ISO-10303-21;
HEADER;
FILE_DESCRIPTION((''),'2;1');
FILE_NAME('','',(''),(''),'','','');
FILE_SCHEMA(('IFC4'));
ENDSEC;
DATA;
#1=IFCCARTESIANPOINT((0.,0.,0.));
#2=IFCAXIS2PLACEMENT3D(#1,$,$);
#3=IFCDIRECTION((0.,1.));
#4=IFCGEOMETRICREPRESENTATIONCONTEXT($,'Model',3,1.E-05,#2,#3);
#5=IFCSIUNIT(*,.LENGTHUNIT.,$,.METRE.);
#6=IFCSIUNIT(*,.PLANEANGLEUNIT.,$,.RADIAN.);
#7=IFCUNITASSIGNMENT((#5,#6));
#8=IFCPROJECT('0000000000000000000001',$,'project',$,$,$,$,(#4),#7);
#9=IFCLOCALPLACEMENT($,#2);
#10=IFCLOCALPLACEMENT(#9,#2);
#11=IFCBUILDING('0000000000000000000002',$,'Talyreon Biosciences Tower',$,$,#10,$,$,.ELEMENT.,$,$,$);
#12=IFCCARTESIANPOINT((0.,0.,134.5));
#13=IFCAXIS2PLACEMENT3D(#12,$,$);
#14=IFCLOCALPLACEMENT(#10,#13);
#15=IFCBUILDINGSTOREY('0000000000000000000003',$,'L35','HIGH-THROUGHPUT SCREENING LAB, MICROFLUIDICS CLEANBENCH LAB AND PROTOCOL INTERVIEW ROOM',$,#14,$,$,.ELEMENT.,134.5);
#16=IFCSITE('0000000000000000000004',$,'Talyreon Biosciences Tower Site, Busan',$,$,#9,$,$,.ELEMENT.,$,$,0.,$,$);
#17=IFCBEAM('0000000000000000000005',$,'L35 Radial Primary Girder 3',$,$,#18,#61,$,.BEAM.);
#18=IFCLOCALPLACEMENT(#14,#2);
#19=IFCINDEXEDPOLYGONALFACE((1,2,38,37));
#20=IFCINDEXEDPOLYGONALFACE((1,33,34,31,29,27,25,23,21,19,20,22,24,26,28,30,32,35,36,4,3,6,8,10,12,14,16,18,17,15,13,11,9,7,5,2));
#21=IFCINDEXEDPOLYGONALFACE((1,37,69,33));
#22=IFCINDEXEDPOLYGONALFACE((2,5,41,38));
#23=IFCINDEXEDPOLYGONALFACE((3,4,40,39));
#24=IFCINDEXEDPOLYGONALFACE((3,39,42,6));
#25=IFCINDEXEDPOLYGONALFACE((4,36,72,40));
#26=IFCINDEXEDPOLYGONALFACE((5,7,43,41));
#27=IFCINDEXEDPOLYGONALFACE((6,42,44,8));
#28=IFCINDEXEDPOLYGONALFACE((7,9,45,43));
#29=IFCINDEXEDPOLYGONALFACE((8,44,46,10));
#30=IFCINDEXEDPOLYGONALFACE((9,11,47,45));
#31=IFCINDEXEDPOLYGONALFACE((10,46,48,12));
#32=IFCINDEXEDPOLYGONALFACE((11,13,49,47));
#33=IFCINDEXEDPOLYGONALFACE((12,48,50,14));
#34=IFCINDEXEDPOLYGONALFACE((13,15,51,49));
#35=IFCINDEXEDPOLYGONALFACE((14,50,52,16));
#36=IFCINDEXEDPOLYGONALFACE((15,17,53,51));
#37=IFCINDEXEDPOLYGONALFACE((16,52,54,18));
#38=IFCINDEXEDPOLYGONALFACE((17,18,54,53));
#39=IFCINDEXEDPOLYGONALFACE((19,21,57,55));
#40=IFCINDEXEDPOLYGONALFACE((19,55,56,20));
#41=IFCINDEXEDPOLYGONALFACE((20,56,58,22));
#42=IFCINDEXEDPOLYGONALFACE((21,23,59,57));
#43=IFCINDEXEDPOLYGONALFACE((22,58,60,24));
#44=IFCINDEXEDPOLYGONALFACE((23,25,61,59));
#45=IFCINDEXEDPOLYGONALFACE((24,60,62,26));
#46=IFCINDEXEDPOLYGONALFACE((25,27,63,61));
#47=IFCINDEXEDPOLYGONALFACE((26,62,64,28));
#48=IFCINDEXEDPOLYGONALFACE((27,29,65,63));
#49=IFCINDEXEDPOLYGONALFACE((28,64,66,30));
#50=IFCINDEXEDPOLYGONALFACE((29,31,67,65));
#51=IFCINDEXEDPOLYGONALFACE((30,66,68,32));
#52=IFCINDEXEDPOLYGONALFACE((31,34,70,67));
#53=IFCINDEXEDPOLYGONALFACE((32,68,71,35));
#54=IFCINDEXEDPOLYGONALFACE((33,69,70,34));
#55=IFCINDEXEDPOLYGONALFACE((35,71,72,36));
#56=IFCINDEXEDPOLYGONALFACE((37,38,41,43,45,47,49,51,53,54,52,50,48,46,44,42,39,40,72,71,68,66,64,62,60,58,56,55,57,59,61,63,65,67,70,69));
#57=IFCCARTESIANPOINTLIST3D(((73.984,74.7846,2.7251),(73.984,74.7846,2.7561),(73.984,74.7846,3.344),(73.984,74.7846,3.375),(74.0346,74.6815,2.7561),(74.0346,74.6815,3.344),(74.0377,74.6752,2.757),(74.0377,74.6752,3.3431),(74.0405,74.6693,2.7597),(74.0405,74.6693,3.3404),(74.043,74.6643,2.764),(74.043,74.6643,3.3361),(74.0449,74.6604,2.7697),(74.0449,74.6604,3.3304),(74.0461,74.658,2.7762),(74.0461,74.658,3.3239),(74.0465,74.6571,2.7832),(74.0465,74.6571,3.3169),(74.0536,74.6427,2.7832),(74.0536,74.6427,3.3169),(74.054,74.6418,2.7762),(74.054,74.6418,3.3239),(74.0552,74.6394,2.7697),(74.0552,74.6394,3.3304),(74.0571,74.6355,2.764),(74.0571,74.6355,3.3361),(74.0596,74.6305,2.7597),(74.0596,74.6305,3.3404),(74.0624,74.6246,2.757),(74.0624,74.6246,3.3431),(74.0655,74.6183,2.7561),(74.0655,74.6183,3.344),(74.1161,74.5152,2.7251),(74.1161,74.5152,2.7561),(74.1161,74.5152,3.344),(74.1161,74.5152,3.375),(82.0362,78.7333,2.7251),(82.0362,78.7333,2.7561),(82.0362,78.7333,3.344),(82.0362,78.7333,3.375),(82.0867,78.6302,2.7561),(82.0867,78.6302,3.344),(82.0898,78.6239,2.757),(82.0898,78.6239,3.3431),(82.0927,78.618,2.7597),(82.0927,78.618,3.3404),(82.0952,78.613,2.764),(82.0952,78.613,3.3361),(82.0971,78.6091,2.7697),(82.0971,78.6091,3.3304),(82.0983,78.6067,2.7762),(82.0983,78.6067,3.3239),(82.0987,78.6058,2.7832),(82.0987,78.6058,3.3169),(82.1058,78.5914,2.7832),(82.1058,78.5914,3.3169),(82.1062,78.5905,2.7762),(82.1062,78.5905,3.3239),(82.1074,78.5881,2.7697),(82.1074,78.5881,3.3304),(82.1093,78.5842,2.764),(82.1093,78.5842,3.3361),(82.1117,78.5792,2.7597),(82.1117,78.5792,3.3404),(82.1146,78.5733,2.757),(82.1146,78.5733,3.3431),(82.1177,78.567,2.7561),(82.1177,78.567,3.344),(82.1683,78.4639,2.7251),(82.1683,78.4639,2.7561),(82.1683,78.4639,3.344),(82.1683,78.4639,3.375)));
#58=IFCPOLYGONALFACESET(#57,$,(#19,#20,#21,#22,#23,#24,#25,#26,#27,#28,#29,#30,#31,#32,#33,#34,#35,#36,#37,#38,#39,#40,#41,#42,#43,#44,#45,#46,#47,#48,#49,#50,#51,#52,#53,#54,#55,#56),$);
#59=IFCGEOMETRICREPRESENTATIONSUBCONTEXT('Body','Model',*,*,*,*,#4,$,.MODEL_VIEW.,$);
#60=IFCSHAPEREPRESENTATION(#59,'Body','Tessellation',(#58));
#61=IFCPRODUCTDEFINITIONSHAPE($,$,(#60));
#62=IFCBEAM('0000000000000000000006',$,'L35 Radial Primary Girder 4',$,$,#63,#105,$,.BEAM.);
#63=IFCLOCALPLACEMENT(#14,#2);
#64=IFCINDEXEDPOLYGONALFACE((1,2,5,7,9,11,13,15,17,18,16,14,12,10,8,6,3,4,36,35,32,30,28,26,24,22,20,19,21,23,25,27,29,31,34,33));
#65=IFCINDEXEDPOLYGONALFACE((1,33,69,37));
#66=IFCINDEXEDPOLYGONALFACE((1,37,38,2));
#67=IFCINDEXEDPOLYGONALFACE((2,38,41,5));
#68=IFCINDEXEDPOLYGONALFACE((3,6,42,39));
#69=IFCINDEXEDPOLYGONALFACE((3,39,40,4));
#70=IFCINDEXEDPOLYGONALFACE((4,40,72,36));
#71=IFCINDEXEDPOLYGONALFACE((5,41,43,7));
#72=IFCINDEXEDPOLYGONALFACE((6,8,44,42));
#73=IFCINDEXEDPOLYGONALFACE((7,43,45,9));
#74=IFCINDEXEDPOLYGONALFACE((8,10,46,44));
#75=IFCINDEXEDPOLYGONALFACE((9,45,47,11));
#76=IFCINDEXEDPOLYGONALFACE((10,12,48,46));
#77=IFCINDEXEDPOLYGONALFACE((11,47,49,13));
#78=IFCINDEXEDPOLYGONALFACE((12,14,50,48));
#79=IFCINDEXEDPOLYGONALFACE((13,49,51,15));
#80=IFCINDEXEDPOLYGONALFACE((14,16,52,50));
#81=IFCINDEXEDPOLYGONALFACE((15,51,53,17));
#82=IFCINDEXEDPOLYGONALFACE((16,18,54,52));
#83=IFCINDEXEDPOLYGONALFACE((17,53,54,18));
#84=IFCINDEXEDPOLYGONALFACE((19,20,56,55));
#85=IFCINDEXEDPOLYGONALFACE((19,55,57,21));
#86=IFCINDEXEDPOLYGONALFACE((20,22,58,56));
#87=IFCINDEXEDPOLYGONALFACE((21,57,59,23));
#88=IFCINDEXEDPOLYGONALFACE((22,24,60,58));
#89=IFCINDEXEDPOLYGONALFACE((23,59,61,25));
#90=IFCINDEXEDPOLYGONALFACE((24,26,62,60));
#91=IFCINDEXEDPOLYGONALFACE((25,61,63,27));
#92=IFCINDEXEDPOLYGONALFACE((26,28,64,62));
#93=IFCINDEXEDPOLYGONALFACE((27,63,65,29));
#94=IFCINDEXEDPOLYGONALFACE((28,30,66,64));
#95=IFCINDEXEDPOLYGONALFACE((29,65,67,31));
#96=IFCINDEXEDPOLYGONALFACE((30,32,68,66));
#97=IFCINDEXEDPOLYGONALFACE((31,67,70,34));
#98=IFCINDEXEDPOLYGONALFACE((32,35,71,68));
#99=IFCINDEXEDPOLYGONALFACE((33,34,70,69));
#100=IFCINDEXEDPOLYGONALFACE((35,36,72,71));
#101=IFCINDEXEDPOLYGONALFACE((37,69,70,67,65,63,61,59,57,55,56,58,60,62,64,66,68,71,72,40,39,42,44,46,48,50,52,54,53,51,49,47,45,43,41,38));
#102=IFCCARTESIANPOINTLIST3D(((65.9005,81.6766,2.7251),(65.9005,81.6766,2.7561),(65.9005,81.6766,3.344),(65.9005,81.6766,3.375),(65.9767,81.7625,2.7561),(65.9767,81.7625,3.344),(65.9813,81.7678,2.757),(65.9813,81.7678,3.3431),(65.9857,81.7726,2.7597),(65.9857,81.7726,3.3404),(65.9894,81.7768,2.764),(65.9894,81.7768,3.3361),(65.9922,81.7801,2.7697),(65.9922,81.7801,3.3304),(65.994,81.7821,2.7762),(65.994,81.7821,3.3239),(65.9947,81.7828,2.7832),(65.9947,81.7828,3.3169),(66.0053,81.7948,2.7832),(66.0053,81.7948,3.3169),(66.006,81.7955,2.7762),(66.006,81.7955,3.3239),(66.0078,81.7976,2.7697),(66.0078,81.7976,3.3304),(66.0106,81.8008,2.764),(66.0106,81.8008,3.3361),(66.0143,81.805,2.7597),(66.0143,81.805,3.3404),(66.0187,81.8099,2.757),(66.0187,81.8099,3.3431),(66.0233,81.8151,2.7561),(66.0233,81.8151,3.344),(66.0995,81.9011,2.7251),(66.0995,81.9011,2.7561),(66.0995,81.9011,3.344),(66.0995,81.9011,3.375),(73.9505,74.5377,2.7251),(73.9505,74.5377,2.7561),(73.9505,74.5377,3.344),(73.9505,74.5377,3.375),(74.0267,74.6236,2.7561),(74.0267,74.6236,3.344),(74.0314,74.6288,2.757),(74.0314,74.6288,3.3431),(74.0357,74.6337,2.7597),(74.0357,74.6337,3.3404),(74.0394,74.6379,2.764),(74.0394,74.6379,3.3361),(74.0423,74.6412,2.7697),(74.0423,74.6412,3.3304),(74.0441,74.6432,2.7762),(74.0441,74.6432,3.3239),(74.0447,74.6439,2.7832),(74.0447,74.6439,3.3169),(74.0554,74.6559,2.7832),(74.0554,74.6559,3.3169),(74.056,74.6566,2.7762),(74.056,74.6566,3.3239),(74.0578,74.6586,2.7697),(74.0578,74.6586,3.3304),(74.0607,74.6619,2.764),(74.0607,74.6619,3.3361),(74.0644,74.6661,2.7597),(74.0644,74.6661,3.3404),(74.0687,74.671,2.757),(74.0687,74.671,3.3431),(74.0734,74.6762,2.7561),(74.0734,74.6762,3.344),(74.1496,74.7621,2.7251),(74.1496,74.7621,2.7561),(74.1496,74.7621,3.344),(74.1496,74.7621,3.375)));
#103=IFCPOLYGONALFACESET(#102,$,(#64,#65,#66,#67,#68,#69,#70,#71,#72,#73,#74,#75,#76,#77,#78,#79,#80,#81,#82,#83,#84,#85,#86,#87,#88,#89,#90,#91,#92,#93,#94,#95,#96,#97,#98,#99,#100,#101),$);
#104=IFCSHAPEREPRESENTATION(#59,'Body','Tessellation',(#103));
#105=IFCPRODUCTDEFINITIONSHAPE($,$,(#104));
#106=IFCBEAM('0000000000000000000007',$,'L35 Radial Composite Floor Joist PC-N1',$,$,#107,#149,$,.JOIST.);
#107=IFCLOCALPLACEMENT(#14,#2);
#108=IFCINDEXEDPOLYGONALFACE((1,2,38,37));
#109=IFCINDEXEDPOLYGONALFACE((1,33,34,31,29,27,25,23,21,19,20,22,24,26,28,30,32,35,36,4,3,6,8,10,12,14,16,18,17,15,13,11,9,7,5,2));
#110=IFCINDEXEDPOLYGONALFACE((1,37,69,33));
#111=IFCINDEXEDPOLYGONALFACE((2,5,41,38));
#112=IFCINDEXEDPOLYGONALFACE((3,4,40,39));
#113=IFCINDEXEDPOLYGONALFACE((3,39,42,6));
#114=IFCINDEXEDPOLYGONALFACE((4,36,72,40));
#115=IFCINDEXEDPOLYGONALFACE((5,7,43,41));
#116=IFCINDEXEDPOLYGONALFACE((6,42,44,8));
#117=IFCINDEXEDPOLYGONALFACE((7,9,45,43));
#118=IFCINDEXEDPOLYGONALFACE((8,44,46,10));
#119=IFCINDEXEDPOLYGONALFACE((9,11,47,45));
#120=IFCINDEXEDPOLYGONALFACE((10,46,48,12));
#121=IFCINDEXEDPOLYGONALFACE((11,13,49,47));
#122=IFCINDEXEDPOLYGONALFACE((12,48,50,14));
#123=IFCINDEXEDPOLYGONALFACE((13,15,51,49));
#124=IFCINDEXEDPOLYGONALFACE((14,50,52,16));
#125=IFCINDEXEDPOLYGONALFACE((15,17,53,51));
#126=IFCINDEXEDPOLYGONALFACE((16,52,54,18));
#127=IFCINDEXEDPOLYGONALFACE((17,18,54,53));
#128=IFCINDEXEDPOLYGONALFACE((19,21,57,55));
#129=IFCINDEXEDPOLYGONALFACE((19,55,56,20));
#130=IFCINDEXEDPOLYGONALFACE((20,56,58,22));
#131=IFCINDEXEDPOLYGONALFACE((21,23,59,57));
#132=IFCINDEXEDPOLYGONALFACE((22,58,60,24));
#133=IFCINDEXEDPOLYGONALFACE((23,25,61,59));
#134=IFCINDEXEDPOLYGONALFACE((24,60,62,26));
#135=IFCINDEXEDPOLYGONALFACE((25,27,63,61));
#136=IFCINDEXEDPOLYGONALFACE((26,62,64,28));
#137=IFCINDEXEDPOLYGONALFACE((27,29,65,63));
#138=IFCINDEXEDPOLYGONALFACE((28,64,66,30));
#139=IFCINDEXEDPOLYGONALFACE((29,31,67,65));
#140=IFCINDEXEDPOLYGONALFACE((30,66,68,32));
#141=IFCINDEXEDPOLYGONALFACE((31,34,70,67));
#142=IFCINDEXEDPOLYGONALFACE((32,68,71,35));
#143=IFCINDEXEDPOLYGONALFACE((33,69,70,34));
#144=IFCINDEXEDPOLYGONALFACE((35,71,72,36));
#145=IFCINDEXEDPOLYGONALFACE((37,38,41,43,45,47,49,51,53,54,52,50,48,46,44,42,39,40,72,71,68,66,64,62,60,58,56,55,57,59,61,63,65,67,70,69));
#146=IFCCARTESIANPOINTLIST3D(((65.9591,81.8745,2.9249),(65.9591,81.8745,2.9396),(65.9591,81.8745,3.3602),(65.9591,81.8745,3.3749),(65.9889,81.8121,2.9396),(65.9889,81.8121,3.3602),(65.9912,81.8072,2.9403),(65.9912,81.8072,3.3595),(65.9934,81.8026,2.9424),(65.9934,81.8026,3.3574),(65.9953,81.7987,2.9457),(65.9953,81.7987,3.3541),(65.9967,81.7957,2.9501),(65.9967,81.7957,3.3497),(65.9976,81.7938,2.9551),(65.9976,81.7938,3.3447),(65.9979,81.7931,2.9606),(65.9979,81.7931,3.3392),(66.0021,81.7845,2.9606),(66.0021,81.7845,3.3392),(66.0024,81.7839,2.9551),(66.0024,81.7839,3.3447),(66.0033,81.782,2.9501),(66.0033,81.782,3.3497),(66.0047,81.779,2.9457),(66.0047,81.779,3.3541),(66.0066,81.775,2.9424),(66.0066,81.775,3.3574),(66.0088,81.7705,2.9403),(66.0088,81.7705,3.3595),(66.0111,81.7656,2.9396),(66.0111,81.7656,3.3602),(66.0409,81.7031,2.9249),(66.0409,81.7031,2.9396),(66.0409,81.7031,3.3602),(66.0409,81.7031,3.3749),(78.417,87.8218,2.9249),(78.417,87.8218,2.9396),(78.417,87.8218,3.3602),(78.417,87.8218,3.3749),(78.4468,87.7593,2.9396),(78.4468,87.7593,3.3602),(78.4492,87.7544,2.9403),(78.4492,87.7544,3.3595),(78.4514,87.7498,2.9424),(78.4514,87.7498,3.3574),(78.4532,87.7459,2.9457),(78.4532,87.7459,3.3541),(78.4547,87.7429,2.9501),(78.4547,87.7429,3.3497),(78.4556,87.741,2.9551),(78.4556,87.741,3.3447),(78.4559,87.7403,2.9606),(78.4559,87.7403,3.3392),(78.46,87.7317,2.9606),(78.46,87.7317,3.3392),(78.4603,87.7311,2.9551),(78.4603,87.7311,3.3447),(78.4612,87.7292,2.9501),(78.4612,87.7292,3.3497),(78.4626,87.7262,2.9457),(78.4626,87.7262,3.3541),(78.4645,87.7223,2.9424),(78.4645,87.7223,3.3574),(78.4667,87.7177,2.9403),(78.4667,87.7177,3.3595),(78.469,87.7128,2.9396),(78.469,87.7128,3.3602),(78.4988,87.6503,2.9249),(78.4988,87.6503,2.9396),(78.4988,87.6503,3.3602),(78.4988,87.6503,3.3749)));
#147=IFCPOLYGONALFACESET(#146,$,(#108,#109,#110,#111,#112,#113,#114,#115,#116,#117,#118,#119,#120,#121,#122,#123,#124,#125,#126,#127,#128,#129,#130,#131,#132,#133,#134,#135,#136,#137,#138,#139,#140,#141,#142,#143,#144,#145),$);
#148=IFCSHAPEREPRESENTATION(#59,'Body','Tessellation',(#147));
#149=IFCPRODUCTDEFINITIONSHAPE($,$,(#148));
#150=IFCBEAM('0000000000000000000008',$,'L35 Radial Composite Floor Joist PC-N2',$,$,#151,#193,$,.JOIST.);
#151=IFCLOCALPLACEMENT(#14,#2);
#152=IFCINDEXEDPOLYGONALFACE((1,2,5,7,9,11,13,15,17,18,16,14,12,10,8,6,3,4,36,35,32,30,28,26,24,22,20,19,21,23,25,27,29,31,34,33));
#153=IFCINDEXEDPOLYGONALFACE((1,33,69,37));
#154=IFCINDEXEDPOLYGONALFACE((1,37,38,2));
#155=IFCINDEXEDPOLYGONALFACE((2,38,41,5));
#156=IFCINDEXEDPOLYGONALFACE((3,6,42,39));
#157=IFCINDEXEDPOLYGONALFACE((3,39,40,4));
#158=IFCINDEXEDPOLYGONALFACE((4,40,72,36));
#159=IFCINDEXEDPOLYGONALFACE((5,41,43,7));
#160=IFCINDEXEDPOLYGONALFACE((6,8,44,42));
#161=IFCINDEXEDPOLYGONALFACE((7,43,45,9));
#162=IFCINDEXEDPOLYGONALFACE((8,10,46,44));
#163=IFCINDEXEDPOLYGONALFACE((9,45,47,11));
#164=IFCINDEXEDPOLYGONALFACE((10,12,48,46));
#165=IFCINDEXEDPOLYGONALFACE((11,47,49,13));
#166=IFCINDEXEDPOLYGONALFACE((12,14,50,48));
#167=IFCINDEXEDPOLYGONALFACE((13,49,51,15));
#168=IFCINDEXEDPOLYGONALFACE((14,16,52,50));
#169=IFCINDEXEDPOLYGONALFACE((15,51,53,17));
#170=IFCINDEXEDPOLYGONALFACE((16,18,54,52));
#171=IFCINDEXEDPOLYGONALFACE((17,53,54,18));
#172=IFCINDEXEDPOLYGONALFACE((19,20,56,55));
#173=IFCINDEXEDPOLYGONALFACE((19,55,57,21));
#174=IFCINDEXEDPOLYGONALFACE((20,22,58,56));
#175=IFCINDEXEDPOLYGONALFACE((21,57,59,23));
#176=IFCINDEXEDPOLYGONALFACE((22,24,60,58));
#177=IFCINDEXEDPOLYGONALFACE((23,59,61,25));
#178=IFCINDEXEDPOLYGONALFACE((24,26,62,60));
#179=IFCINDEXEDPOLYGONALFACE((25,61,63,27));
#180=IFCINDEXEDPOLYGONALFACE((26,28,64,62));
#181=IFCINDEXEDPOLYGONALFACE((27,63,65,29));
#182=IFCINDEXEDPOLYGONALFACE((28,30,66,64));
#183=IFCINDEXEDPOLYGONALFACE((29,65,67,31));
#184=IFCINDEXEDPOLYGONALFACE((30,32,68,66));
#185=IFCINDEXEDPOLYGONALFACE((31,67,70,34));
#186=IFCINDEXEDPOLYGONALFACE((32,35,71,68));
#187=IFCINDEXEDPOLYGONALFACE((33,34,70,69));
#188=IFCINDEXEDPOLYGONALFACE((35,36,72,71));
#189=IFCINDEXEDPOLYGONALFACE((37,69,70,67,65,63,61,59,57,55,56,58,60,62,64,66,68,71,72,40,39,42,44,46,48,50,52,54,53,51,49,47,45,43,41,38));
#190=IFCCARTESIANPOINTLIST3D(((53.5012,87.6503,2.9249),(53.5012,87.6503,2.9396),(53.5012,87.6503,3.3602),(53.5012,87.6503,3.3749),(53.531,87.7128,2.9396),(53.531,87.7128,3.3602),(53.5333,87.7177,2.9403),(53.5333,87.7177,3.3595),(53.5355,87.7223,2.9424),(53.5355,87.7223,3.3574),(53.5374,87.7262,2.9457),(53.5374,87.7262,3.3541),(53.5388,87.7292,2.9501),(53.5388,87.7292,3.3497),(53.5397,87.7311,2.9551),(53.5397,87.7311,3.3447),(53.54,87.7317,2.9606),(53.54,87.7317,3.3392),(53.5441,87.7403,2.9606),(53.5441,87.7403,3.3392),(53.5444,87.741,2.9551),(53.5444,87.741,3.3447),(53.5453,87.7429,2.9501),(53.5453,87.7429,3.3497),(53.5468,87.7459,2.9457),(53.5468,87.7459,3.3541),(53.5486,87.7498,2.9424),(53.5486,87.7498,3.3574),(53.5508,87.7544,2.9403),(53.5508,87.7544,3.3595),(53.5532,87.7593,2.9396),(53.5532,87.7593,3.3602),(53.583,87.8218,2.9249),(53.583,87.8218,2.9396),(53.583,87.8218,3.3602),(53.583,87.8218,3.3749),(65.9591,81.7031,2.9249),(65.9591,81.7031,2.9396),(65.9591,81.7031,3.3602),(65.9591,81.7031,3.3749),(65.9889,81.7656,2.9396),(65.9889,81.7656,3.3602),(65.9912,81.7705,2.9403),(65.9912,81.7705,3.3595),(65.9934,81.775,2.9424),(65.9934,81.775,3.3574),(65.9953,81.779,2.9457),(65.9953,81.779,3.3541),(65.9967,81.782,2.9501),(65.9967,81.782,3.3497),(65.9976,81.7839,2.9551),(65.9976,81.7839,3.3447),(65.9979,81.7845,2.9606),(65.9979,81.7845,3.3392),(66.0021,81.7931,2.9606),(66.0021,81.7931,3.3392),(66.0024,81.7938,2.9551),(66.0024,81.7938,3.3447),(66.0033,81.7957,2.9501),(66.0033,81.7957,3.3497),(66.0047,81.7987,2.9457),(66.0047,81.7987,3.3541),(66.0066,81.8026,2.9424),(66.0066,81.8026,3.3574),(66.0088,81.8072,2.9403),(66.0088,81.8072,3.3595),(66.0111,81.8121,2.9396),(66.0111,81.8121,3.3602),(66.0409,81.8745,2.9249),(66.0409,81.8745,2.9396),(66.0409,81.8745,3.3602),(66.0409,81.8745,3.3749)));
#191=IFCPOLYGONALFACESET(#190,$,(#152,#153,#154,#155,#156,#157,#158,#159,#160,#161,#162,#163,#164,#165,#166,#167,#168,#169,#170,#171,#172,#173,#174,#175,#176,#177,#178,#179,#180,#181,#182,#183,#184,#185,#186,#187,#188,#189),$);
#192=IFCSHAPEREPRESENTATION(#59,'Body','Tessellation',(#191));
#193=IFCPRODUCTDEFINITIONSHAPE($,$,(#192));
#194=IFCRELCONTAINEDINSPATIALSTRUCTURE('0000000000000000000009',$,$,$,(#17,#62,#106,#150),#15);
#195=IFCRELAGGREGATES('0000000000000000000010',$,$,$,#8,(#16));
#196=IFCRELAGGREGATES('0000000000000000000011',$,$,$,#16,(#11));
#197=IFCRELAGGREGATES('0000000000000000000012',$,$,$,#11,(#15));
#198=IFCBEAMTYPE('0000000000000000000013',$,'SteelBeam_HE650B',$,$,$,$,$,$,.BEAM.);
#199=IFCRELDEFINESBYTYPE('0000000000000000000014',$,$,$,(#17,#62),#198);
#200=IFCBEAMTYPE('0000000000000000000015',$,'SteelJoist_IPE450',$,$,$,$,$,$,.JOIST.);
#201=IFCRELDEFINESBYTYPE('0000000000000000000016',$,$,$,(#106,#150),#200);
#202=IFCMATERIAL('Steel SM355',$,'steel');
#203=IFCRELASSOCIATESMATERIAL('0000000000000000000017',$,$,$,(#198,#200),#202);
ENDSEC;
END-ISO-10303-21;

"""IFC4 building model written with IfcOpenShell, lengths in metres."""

from ifc_helpers import new_model, si_unit, direction, frame, origin, origin_2d, place, context, subcontext, project, spatial, i_section, extrude, material, material_profile, profile_set, type_object, element, save


model = new_model("IFC4")

# Units and contexts
model_context = context("Model", 3, precision=1e-05, world=origin(), true_north=direction((0.0, 1.0)))
body_context = subcontext(model_context, "Body", "Model", "MODEL_VIEW")
ifc_project = project(units=[si_unit("LENGTHUNIT", "METRE"), si_unit("PLANEANGLEUNIT", "RADIAN")], contexts=[model_context])

# Site, building, storey
site_placement = place(None, origin())
site = spatial("IfcSite", under=ifc_project, at=site_placement, Name="Talyreon Biosciences Tower Site, Busan", CompositionType="ELEMENT", RefElevation=0.0)
building_placement = place(site_placement, origin())
building = spatial("IfcBuilding", under=site, at=building_placement, Name="Talyreon Biosciences Tower", CompositionType="ELEMENT")
storey_placement = place(building_placement, frame((0.0, 0.0, 134.5)))
storey = spatial("IfcBuildingStorey", under=building, at=storey_placement, Name="L35", Description="HIGH-THROUGHPUT SCREENING LAB, MICROFLUIDICS CLEANBENCH LAB AND PROTOCOL INTERVIEW ROOM", CompositionType="ELEMENT", Elevation=134.5)

# Beams
ifc_material_1 = material(Name="Steel SM355", Category="steel")
ifc_material_profile_1 = material_profile(ifc_material_1, i_section(OverallWidth=0.3, OverallDepth=0.6499, WebThickness=0.0161, FlangeThickness=0.031, FilletRadius=0.0271, at=origin_2d()), Name="HE650B")
ifc_profile_set_1 = profile_set([ifc_material_profile_1], Name="Steel SM355")
beam_type_1 = type_object("IfcBeamType", Name="SteelBeam_HE650B", PredefinedType="BEAM", material=ifc_profile_set_1)
beam_1_placement = place(storey_placement, frame((74.05, 74.6499, 3.05), z_axis=(0.897852, 0.440297, 0.0), x_axis=(-0.440297, 0.897852, 0.0)))
element("IfcBeam", 1, at=beam_1_placement, inside=storey, type_object=beam_type_1, Name="L35 Radial Primary Girder 3", PredefinedType="BEAM", context=body_context, shape_type="SweptSolid", body=[
    extrude(i_section(OverallWidth=0.3, OverallDepth=0.6499, WebThickness=0.0161, FlangeThickness=0.031, FilletRadius=0.0271, at=origin_2d()), origin(), (0.0, 0.0, 1.0), 8.9683),
])
beam_2_placement = place(storey_placement, frame((74.05, 74.6499, 3.05), z_axis=(-0.748179, 0.663497, 0.0), x_axis=(-0.663497, -0.748179, 0.0)))
element("IfcBeam", 2, at=beam_2_placement, inside=storey, type_object=beam_type_1, Name="L35 Radial Primary Girder 4", PredefinedType="BEAM", context=body_context, shape_type="SweptSolid", body=[
    extrude(i_section(OverallWidth=0.3, OverallDepth=0.6499, WebThickness=0.0161, FlangeThickness=0.031, FilletRadius=0.0271, at=origin_2d()), origin(), (0.0, 0.0, 1.0), 10.7595),
])
ifc_material_profile_2 = material_profile(ifc_material_1, i_section(OverallWidth=0.1899, OverallDepth=0.45, WebThickness=0.0095, FlangeThickness=0.0146, FilletRadius=0.021, at=origin_2d()), Name="IPE450")
ifc_profile_set_2 = profile_set([ifc_material_profile_2], Name="Steel SM355")
beam_type_2 = type_object("IfcBeamType", Name="SteelJoist_IPE450", PredefinedType="JOIST", material=ifc_profile_set_2)
for number, where, z_axis, x_axis, name in (
    (3, (66.0, 81.7888, 3.1499), (0.902442, 0.430812, 0.0), (-0.430812, 0.902442, 0.0), "L35 Radial Composite Floor Joist PC-N1"),
    (4, (66.0, 81.7888, 3.1499), (-0.902442, 0.430812, 0.0), (-0.430812, -0.902442, 0.0), "L35 Radial Composite Floor Joist PC-N2"),
):
    element("IfcBeam", number, at=place(storey_placement, frame(where, z_axis=z_axis, x_axis=x_axis)), inside=storey, type_object=beam_type_2, Name=name, PredefinedType="JOIST", context=body_context, shape_type="SweptSolid", body=[
        extrude(i_section(OverallWidth=0.1899, OverallDepth=0.45, WebThickness=0.0095, FlangeThickness=0.0146, FilletRadius=0.021, at=origin_2d()), origin(), (0.0, 0.0, 1.0), 13.8047),
    ])

save(model, "model.ifc")
